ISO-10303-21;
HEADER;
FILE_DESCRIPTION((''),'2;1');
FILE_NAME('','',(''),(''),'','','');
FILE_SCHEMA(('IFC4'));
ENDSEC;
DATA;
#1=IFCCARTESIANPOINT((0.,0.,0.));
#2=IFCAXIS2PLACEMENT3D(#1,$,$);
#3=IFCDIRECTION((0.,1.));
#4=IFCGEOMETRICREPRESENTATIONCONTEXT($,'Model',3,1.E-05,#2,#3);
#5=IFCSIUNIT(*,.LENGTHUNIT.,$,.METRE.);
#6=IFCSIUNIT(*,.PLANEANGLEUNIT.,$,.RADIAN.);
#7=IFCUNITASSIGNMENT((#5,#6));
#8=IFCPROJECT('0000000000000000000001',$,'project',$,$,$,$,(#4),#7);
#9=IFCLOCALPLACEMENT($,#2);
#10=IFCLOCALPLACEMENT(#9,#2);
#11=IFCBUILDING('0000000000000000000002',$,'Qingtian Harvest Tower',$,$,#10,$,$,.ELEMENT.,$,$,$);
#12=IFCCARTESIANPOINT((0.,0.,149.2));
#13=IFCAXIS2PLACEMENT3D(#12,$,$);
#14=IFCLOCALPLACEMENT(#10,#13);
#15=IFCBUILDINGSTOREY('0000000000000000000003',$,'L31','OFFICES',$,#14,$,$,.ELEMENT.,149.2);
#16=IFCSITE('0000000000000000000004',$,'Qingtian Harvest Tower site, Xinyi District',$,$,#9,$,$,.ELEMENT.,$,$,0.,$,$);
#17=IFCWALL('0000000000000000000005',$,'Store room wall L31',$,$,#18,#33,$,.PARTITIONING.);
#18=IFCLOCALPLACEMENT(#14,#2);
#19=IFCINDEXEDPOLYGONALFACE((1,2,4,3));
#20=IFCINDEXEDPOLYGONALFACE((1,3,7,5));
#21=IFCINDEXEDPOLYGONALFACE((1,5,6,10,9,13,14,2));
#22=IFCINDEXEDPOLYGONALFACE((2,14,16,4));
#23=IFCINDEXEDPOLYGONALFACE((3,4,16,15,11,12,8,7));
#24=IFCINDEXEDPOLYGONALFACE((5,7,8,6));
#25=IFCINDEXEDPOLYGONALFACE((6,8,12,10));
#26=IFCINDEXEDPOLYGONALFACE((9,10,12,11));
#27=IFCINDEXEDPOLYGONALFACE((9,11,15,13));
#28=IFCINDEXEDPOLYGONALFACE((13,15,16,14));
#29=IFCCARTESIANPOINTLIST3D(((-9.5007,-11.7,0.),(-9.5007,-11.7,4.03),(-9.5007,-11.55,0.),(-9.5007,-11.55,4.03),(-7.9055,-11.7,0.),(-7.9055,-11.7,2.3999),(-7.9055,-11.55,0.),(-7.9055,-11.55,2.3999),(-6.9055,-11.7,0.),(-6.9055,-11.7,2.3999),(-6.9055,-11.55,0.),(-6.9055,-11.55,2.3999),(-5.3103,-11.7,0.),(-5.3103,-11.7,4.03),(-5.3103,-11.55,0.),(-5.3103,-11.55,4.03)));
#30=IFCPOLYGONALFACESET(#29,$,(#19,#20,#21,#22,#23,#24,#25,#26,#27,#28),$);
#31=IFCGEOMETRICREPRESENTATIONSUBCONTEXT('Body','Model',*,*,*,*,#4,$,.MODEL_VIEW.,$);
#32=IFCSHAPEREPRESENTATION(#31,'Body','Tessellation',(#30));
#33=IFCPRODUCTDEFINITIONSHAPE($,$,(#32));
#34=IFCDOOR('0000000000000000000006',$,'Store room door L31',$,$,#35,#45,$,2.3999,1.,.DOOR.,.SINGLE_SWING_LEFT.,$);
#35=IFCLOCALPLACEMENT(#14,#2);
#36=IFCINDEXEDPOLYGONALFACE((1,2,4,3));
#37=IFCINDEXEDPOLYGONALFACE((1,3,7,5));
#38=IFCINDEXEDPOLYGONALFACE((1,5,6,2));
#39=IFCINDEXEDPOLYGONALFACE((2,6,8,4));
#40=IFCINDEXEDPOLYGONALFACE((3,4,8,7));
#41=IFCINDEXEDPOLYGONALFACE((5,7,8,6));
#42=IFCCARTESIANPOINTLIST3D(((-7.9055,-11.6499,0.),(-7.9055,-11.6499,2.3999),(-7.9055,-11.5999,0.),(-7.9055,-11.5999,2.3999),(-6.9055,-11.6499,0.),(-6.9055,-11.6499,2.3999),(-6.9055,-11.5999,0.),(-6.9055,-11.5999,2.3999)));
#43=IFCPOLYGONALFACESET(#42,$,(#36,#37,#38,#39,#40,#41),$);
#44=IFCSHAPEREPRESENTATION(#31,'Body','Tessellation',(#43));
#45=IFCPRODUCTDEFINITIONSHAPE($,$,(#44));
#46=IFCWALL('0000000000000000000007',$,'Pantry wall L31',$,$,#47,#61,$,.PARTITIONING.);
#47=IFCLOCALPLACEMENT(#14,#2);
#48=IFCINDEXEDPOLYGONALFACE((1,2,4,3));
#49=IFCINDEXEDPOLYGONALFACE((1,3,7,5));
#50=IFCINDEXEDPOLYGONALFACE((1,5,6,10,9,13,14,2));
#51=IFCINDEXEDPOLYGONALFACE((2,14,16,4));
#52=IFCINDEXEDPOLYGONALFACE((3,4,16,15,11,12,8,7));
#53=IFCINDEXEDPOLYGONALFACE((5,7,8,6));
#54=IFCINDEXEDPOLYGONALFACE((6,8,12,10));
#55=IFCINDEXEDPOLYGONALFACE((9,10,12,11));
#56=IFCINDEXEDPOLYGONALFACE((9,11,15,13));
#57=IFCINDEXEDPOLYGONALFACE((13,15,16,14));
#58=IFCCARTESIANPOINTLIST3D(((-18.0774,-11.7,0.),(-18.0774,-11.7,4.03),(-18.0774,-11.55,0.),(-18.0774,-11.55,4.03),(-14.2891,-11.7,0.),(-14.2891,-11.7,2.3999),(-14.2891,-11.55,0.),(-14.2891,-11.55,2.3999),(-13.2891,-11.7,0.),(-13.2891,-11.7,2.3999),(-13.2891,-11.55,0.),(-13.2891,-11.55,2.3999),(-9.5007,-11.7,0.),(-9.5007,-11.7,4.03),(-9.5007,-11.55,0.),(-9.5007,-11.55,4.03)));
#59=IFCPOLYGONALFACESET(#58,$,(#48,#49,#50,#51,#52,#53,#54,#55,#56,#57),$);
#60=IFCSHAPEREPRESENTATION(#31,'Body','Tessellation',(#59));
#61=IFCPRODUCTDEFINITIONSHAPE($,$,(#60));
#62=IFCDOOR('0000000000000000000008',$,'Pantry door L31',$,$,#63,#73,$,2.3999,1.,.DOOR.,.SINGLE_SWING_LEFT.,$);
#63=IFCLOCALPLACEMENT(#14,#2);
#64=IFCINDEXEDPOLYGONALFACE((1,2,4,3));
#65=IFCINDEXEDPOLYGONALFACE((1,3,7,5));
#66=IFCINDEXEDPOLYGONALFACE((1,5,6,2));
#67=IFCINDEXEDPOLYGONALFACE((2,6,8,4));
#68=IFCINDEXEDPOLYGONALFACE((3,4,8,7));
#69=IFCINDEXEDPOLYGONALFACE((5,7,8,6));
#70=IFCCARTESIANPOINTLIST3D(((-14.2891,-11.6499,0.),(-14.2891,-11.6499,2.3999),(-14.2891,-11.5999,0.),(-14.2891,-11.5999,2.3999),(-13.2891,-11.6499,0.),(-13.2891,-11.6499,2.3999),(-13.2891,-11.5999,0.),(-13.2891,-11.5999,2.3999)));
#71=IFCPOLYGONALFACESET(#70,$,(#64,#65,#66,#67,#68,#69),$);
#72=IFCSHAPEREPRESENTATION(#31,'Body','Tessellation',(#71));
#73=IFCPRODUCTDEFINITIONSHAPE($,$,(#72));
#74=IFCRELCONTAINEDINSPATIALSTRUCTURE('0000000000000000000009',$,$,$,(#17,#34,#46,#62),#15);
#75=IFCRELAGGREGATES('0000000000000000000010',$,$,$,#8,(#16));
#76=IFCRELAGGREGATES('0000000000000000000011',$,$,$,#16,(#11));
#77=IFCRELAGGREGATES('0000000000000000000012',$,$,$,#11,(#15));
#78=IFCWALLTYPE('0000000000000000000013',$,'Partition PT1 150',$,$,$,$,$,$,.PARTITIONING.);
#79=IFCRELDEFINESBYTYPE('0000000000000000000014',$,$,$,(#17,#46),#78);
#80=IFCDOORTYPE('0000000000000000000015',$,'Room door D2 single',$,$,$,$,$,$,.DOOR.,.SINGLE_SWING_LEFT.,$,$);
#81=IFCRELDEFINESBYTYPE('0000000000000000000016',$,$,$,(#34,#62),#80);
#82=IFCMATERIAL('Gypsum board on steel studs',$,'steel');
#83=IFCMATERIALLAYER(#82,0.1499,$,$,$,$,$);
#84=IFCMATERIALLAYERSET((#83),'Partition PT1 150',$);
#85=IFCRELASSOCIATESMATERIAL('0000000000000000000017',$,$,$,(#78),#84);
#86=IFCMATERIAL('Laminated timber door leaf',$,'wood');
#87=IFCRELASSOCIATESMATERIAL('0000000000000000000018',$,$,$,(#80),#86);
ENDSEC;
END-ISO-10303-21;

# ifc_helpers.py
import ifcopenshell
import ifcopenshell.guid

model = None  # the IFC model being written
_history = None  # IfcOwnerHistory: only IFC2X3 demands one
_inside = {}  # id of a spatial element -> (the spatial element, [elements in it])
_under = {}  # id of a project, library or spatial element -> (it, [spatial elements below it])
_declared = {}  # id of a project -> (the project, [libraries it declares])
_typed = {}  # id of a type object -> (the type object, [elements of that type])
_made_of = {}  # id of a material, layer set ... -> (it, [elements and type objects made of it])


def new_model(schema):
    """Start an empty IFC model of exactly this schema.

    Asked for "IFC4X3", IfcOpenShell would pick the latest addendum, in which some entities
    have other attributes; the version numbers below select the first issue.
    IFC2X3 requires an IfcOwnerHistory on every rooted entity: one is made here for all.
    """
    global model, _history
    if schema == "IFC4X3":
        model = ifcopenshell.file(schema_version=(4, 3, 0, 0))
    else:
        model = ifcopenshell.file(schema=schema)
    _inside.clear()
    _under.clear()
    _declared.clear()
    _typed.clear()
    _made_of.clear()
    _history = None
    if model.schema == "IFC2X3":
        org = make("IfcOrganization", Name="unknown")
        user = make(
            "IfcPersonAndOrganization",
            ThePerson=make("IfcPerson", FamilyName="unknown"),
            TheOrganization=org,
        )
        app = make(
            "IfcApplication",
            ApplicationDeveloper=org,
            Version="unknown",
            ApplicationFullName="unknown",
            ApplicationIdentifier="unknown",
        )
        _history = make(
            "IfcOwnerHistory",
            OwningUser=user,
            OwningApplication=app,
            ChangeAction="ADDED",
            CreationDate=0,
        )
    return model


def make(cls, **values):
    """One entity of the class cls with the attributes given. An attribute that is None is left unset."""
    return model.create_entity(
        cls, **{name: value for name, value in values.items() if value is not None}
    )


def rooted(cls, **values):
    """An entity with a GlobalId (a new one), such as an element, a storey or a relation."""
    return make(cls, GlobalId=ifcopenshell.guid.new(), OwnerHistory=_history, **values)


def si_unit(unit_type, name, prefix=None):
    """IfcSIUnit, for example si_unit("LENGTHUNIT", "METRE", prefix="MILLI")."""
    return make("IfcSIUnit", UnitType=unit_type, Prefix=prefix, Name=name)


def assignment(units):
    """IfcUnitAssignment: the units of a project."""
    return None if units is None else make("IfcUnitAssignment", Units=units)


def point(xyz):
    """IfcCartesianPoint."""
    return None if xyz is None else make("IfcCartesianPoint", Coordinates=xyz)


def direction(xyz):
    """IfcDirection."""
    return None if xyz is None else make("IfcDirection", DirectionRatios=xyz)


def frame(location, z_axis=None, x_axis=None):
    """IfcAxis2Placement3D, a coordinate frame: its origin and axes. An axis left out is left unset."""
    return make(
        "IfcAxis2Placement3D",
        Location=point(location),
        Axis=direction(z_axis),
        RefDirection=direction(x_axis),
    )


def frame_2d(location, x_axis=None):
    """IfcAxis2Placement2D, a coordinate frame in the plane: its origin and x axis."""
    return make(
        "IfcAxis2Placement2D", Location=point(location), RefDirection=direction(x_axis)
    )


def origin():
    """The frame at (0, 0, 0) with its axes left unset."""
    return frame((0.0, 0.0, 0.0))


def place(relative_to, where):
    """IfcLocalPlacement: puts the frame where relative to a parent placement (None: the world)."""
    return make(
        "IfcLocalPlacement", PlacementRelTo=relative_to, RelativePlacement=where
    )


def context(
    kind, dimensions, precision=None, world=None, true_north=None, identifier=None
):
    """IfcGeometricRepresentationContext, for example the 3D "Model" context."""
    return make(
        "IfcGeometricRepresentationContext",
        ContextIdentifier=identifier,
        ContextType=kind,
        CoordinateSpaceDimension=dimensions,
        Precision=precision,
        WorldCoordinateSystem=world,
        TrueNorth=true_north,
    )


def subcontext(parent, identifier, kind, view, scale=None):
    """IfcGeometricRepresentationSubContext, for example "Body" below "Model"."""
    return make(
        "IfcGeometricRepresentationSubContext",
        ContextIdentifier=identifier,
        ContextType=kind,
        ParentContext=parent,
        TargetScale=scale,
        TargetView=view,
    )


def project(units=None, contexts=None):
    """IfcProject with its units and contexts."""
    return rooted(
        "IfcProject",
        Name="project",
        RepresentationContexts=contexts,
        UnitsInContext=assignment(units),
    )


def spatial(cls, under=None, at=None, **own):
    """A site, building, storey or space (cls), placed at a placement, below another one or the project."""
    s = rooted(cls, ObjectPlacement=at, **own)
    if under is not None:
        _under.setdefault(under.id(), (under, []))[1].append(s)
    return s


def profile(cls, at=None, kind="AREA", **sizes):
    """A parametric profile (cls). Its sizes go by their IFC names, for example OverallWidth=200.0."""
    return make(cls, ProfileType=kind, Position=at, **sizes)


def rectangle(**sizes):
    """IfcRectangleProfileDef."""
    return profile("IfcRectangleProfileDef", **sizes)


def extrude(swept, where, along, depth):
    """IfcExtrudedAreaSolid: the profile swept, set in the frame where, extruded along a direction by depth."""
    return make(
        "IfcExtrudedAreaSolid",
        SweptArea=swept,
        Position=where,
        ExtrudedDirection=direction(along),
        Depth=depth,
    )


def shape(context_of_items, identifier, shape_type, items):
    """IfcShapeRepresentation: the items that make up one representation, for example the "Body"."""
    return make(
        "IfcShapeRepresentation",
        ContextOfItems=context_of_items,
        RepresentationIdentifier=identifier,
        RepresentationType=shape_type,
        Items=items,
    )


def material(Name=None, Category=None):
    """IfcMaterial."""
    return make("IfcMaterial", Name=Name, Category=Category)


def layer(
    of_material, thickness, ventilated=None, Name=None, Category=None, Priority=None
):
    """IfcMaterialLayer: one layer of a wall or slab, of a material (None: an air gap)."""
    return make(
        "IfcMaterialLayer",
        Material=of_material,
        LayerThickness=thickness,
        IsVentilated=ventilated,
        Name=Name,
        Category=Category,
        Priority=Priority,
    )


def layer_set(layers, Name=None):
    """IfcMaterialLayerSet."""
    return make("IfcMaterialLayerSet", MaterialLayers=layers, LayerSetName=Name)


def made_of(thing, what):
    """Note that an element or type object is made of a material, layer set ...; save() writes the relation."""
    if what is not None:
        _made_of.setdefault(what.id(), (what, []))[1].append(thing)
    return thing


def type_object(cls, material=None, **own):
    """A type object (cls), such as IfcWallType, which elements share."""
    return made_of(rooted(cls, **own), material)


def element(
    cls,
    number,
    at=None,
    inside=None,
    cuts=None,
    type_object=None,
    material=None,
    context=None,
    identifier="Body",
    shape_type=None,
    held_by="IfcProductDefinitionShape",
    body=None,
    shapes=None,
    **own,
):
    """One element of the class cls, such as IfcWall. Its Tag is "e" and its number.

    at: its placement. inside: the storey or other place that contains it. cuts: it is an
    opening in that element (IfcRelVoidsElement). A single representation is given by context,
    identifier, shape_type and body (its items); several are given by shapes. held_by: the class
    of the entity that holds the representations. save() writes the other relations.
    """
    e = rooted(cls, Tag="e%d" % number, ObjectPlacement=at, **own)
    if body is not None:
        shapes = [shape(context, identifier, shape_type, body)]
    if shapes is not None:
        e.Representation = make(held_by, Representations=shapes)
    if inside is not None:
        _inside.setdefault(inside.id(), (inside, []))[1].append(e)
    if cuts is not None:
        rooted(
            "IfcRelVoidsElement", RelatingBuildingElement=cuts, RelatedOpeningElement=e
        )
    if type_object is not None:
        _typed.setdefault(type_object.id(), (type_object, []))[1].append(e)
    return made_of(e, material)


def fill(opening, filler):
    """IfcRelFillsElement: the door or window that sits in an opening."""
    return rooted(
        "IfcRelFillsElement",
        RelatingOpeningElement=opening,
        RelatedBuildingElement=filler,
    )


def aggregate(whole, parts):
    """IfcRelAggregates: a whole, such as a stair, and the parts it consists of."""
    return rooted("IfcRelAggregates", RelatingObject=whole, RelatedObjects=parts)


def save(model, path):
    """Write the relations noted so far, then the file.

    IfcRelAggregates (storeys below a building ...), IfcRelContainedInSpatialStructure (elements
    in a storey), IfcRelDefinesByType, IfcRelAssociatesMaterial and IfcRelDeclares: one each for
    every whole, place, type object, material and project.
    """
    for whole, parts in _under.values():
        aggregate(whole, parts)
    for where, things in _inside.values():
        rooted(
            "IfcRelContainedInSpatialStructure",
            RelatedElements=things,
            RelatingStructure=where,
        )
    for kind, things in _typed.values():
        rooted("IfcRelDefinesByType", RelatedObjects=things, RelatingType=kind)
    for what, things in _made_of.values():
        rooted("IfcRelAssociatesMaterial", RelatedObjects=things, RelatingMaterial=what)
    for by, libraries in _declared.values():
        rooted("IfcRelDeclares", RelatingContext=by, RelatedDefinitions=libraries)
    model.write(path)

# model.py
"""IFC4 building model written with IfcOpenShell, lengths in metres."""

from ifc_helpers import new_model, si_unit, direction, frame, frame_2d, origin, place, context, subcontext, project, spatial, rectangle, extrude, material, layer, layer_set, type_object, element, fill, save


model = new_model("IFC4")

# Units and contexts
model_context = context("Model", 3, precision=1e-05, world=origin(), true_north=direction((0.0, 1.0)))
body_context = subcontext(model_context, "Body", "Model", "MODEL_VIEW")
ifc_project = project(units=[si_unit("LENGTHUNIT", "METRE"), si_unit("PLANEANGLEUNIT", "RADIAN")], contexts=[model_context])

# Site, building, storey
site_placement = place(None, origin())
site = spatial("IfcSite", under=ifc_project, at=site_placement, Name="Qingtian Harvest Tower site, Xinyi District", CompositionType="ELEMENT", RefElevation=0.0)
building_placement = place(site_placement, origin())
building = spatial("IfcBuilding", under=site, at=building_placement, Name="Qingtian Harvest Tower", CompositionType="ELEMENT")
storey_placement = place(building_placement, frame((0.0, 0.0, 149.2)))
storey = spatial("IfcBuildingStorey", under=building, at=storey_placement, Name="L31", Description="OFFICES", CompositionType="ELEMENT", Elevation=149.2)

# Shared definitions
ifc_material_1 = material(Name="Gypsum board on steel studs", Category="steel")
ifc_layer_1 = layer(ifc_material_1, 0.1499)
ifc_layer_set_1 = layer_set([ifc_layer_1], Name="Partition PT1 150")
wall_type_1 = type_object("IfcWallType", Name="Partition PT1 150", PredefinedType="PARTITIONING", material=ifc_layer_set_1)

# Walls, openings, doors
wall_1_placement = place(storey_placement, frame((-5.3103, -11.625, 0.0), z_axis=(0.0, 0.0, 1.0), x_axis=(-1.0, 0.0, 0.0)))
wall_1 = element("IfcWall", 1, at=wall_1_placement, inside=storey, type_object=wall_type_1, Name="Store room wall L31", PredefinedType="PARTITIONING", context=body_context, shape_type="SweptSolid", body=[
    extrude(rectangle(XDim=4.1904, YDim=0.1499, at=frame_2d((2.0952, 0.0))), origin(), (0.0, 0.0, 1.0), 4.03),
])
opening_1_placement = place(wall_1_placement, frame((1.5952, 0.0, 0.0)))
opening_1 = element("IfcOpeningElement", 2, at=opening_1_placement, cuts=wall_1, PredefinedType="OPENING", context=body_context, shape_type="SweptSolid", body=[
    extrude(rectangle(XDim=1.0, YDim=2.3999, at=frame_2d((0.5, 1.2))), frame((0.0, 0.085, 0.0), z_axis=(0.0, -1.0, 0.0), x_axis=(1.0, 0.0, 0.0)), (0.0, 0.0, 1.0), 0.1699),
])
ifc_material_2 = material(Name="Laminated timber door leaf", Category="wood")
door_type_1 = type_object("IfcDoorType", Name="Room door D2 single", OperationType="SINGLE_SWING_LEFT", PredefinedType="DOOR", material=ifc_material_2)
door_1_placement = place(opening_1_placement, origin())
door_1 = element("IfcDoor", 3, at=door_1_placement, inside=storey, type_object=door_type_1, Name="Store room door L31", OperationType="SINGLE_SWING_LEFT", OverallHeight=2.3999, OverallWidth=1.0, PredefinedType="DOOR", context=body_context, shape_type="SweptSolid", body=[
    extrude(rectangle(XDim=1.0, YDim=2.3999, at=frame_2d((0.5, 1.2))), frame((0.0, 0.0249, 0.0), z_axis=(0.0, -1.0, 0.0), x_axis=(1.0, 0.0, 0.0)), (0.0, 0.0, 1.0), 0.05),
])
fill(opening_1, door_1)
wall_2_placement = place(storey_placement, frame((-9.5007, -11.625, 0.0), z_axis=(0.0, 0.0, 1.0), x_axis=(-1.0, 0.0, 0.0)))
wall_2 = element("IfcWall", 4, at=wall_2_placement, inside=storey, type_object=wall_type_1, Name="Pantry wall L31", PredefinedType="PARTITIONING", context=body_context, shape_type="SweptSolid", body=[
    extrude(rectangle(XDim=8.5767, YDim=0.1499, at=frame_2d((4.2883, 0.0))), origin(), (0.0, 0.0, 1.0), 4.03),
])
opening_2_placement = place(wall_2_placement, frame((3.7883, 0.0, 0.0)))
opening_2 = element("IfcOpeningElement", 5, at=opening_2_placement, cuts=wall_2, PredefinedType="OPENING", context=body_context, shape_type="SweptSolid", body=[
    extrude(rectangle(XDim=1.0, YDim=2.3999, at=frame_2d((0.5, 1.2))), frame((0.0, 0.085, 0.0), z_axis=(0.0, -1.0, 0.0), x_axis=(1.0, 0.0, 0.0)), (0.0, 0.0, 1.0), 0.1699),
])
door_2_placement = place(opening_2_placement, origin())
door_2 = element("IfcDoor", 6, at=door_2_placement, inside=storey, type_object=door_type_1, Name="Pantry door L31", OperationType="SINGLE_SWING_LEFT", OverallHeight=2.3999, OverallWidth=1.0, PredefinedType="DOOR", context=body_context, shape_type="SweptSolid", body=[
    extrude(rectangle(XDim=1.0, YDim=2.3999, at=frame_2d((0.5, 1.2))), frame((0.0, 0.0249, 0.0), z_axis=(0.0, -1.0, 0.0), x_axis=(1.0, 0.0, 0.0)), (0.0, 0.0, 1.0), 0.05),
])
fill(opening_2, door_2)

save(model, "model.ifc")
